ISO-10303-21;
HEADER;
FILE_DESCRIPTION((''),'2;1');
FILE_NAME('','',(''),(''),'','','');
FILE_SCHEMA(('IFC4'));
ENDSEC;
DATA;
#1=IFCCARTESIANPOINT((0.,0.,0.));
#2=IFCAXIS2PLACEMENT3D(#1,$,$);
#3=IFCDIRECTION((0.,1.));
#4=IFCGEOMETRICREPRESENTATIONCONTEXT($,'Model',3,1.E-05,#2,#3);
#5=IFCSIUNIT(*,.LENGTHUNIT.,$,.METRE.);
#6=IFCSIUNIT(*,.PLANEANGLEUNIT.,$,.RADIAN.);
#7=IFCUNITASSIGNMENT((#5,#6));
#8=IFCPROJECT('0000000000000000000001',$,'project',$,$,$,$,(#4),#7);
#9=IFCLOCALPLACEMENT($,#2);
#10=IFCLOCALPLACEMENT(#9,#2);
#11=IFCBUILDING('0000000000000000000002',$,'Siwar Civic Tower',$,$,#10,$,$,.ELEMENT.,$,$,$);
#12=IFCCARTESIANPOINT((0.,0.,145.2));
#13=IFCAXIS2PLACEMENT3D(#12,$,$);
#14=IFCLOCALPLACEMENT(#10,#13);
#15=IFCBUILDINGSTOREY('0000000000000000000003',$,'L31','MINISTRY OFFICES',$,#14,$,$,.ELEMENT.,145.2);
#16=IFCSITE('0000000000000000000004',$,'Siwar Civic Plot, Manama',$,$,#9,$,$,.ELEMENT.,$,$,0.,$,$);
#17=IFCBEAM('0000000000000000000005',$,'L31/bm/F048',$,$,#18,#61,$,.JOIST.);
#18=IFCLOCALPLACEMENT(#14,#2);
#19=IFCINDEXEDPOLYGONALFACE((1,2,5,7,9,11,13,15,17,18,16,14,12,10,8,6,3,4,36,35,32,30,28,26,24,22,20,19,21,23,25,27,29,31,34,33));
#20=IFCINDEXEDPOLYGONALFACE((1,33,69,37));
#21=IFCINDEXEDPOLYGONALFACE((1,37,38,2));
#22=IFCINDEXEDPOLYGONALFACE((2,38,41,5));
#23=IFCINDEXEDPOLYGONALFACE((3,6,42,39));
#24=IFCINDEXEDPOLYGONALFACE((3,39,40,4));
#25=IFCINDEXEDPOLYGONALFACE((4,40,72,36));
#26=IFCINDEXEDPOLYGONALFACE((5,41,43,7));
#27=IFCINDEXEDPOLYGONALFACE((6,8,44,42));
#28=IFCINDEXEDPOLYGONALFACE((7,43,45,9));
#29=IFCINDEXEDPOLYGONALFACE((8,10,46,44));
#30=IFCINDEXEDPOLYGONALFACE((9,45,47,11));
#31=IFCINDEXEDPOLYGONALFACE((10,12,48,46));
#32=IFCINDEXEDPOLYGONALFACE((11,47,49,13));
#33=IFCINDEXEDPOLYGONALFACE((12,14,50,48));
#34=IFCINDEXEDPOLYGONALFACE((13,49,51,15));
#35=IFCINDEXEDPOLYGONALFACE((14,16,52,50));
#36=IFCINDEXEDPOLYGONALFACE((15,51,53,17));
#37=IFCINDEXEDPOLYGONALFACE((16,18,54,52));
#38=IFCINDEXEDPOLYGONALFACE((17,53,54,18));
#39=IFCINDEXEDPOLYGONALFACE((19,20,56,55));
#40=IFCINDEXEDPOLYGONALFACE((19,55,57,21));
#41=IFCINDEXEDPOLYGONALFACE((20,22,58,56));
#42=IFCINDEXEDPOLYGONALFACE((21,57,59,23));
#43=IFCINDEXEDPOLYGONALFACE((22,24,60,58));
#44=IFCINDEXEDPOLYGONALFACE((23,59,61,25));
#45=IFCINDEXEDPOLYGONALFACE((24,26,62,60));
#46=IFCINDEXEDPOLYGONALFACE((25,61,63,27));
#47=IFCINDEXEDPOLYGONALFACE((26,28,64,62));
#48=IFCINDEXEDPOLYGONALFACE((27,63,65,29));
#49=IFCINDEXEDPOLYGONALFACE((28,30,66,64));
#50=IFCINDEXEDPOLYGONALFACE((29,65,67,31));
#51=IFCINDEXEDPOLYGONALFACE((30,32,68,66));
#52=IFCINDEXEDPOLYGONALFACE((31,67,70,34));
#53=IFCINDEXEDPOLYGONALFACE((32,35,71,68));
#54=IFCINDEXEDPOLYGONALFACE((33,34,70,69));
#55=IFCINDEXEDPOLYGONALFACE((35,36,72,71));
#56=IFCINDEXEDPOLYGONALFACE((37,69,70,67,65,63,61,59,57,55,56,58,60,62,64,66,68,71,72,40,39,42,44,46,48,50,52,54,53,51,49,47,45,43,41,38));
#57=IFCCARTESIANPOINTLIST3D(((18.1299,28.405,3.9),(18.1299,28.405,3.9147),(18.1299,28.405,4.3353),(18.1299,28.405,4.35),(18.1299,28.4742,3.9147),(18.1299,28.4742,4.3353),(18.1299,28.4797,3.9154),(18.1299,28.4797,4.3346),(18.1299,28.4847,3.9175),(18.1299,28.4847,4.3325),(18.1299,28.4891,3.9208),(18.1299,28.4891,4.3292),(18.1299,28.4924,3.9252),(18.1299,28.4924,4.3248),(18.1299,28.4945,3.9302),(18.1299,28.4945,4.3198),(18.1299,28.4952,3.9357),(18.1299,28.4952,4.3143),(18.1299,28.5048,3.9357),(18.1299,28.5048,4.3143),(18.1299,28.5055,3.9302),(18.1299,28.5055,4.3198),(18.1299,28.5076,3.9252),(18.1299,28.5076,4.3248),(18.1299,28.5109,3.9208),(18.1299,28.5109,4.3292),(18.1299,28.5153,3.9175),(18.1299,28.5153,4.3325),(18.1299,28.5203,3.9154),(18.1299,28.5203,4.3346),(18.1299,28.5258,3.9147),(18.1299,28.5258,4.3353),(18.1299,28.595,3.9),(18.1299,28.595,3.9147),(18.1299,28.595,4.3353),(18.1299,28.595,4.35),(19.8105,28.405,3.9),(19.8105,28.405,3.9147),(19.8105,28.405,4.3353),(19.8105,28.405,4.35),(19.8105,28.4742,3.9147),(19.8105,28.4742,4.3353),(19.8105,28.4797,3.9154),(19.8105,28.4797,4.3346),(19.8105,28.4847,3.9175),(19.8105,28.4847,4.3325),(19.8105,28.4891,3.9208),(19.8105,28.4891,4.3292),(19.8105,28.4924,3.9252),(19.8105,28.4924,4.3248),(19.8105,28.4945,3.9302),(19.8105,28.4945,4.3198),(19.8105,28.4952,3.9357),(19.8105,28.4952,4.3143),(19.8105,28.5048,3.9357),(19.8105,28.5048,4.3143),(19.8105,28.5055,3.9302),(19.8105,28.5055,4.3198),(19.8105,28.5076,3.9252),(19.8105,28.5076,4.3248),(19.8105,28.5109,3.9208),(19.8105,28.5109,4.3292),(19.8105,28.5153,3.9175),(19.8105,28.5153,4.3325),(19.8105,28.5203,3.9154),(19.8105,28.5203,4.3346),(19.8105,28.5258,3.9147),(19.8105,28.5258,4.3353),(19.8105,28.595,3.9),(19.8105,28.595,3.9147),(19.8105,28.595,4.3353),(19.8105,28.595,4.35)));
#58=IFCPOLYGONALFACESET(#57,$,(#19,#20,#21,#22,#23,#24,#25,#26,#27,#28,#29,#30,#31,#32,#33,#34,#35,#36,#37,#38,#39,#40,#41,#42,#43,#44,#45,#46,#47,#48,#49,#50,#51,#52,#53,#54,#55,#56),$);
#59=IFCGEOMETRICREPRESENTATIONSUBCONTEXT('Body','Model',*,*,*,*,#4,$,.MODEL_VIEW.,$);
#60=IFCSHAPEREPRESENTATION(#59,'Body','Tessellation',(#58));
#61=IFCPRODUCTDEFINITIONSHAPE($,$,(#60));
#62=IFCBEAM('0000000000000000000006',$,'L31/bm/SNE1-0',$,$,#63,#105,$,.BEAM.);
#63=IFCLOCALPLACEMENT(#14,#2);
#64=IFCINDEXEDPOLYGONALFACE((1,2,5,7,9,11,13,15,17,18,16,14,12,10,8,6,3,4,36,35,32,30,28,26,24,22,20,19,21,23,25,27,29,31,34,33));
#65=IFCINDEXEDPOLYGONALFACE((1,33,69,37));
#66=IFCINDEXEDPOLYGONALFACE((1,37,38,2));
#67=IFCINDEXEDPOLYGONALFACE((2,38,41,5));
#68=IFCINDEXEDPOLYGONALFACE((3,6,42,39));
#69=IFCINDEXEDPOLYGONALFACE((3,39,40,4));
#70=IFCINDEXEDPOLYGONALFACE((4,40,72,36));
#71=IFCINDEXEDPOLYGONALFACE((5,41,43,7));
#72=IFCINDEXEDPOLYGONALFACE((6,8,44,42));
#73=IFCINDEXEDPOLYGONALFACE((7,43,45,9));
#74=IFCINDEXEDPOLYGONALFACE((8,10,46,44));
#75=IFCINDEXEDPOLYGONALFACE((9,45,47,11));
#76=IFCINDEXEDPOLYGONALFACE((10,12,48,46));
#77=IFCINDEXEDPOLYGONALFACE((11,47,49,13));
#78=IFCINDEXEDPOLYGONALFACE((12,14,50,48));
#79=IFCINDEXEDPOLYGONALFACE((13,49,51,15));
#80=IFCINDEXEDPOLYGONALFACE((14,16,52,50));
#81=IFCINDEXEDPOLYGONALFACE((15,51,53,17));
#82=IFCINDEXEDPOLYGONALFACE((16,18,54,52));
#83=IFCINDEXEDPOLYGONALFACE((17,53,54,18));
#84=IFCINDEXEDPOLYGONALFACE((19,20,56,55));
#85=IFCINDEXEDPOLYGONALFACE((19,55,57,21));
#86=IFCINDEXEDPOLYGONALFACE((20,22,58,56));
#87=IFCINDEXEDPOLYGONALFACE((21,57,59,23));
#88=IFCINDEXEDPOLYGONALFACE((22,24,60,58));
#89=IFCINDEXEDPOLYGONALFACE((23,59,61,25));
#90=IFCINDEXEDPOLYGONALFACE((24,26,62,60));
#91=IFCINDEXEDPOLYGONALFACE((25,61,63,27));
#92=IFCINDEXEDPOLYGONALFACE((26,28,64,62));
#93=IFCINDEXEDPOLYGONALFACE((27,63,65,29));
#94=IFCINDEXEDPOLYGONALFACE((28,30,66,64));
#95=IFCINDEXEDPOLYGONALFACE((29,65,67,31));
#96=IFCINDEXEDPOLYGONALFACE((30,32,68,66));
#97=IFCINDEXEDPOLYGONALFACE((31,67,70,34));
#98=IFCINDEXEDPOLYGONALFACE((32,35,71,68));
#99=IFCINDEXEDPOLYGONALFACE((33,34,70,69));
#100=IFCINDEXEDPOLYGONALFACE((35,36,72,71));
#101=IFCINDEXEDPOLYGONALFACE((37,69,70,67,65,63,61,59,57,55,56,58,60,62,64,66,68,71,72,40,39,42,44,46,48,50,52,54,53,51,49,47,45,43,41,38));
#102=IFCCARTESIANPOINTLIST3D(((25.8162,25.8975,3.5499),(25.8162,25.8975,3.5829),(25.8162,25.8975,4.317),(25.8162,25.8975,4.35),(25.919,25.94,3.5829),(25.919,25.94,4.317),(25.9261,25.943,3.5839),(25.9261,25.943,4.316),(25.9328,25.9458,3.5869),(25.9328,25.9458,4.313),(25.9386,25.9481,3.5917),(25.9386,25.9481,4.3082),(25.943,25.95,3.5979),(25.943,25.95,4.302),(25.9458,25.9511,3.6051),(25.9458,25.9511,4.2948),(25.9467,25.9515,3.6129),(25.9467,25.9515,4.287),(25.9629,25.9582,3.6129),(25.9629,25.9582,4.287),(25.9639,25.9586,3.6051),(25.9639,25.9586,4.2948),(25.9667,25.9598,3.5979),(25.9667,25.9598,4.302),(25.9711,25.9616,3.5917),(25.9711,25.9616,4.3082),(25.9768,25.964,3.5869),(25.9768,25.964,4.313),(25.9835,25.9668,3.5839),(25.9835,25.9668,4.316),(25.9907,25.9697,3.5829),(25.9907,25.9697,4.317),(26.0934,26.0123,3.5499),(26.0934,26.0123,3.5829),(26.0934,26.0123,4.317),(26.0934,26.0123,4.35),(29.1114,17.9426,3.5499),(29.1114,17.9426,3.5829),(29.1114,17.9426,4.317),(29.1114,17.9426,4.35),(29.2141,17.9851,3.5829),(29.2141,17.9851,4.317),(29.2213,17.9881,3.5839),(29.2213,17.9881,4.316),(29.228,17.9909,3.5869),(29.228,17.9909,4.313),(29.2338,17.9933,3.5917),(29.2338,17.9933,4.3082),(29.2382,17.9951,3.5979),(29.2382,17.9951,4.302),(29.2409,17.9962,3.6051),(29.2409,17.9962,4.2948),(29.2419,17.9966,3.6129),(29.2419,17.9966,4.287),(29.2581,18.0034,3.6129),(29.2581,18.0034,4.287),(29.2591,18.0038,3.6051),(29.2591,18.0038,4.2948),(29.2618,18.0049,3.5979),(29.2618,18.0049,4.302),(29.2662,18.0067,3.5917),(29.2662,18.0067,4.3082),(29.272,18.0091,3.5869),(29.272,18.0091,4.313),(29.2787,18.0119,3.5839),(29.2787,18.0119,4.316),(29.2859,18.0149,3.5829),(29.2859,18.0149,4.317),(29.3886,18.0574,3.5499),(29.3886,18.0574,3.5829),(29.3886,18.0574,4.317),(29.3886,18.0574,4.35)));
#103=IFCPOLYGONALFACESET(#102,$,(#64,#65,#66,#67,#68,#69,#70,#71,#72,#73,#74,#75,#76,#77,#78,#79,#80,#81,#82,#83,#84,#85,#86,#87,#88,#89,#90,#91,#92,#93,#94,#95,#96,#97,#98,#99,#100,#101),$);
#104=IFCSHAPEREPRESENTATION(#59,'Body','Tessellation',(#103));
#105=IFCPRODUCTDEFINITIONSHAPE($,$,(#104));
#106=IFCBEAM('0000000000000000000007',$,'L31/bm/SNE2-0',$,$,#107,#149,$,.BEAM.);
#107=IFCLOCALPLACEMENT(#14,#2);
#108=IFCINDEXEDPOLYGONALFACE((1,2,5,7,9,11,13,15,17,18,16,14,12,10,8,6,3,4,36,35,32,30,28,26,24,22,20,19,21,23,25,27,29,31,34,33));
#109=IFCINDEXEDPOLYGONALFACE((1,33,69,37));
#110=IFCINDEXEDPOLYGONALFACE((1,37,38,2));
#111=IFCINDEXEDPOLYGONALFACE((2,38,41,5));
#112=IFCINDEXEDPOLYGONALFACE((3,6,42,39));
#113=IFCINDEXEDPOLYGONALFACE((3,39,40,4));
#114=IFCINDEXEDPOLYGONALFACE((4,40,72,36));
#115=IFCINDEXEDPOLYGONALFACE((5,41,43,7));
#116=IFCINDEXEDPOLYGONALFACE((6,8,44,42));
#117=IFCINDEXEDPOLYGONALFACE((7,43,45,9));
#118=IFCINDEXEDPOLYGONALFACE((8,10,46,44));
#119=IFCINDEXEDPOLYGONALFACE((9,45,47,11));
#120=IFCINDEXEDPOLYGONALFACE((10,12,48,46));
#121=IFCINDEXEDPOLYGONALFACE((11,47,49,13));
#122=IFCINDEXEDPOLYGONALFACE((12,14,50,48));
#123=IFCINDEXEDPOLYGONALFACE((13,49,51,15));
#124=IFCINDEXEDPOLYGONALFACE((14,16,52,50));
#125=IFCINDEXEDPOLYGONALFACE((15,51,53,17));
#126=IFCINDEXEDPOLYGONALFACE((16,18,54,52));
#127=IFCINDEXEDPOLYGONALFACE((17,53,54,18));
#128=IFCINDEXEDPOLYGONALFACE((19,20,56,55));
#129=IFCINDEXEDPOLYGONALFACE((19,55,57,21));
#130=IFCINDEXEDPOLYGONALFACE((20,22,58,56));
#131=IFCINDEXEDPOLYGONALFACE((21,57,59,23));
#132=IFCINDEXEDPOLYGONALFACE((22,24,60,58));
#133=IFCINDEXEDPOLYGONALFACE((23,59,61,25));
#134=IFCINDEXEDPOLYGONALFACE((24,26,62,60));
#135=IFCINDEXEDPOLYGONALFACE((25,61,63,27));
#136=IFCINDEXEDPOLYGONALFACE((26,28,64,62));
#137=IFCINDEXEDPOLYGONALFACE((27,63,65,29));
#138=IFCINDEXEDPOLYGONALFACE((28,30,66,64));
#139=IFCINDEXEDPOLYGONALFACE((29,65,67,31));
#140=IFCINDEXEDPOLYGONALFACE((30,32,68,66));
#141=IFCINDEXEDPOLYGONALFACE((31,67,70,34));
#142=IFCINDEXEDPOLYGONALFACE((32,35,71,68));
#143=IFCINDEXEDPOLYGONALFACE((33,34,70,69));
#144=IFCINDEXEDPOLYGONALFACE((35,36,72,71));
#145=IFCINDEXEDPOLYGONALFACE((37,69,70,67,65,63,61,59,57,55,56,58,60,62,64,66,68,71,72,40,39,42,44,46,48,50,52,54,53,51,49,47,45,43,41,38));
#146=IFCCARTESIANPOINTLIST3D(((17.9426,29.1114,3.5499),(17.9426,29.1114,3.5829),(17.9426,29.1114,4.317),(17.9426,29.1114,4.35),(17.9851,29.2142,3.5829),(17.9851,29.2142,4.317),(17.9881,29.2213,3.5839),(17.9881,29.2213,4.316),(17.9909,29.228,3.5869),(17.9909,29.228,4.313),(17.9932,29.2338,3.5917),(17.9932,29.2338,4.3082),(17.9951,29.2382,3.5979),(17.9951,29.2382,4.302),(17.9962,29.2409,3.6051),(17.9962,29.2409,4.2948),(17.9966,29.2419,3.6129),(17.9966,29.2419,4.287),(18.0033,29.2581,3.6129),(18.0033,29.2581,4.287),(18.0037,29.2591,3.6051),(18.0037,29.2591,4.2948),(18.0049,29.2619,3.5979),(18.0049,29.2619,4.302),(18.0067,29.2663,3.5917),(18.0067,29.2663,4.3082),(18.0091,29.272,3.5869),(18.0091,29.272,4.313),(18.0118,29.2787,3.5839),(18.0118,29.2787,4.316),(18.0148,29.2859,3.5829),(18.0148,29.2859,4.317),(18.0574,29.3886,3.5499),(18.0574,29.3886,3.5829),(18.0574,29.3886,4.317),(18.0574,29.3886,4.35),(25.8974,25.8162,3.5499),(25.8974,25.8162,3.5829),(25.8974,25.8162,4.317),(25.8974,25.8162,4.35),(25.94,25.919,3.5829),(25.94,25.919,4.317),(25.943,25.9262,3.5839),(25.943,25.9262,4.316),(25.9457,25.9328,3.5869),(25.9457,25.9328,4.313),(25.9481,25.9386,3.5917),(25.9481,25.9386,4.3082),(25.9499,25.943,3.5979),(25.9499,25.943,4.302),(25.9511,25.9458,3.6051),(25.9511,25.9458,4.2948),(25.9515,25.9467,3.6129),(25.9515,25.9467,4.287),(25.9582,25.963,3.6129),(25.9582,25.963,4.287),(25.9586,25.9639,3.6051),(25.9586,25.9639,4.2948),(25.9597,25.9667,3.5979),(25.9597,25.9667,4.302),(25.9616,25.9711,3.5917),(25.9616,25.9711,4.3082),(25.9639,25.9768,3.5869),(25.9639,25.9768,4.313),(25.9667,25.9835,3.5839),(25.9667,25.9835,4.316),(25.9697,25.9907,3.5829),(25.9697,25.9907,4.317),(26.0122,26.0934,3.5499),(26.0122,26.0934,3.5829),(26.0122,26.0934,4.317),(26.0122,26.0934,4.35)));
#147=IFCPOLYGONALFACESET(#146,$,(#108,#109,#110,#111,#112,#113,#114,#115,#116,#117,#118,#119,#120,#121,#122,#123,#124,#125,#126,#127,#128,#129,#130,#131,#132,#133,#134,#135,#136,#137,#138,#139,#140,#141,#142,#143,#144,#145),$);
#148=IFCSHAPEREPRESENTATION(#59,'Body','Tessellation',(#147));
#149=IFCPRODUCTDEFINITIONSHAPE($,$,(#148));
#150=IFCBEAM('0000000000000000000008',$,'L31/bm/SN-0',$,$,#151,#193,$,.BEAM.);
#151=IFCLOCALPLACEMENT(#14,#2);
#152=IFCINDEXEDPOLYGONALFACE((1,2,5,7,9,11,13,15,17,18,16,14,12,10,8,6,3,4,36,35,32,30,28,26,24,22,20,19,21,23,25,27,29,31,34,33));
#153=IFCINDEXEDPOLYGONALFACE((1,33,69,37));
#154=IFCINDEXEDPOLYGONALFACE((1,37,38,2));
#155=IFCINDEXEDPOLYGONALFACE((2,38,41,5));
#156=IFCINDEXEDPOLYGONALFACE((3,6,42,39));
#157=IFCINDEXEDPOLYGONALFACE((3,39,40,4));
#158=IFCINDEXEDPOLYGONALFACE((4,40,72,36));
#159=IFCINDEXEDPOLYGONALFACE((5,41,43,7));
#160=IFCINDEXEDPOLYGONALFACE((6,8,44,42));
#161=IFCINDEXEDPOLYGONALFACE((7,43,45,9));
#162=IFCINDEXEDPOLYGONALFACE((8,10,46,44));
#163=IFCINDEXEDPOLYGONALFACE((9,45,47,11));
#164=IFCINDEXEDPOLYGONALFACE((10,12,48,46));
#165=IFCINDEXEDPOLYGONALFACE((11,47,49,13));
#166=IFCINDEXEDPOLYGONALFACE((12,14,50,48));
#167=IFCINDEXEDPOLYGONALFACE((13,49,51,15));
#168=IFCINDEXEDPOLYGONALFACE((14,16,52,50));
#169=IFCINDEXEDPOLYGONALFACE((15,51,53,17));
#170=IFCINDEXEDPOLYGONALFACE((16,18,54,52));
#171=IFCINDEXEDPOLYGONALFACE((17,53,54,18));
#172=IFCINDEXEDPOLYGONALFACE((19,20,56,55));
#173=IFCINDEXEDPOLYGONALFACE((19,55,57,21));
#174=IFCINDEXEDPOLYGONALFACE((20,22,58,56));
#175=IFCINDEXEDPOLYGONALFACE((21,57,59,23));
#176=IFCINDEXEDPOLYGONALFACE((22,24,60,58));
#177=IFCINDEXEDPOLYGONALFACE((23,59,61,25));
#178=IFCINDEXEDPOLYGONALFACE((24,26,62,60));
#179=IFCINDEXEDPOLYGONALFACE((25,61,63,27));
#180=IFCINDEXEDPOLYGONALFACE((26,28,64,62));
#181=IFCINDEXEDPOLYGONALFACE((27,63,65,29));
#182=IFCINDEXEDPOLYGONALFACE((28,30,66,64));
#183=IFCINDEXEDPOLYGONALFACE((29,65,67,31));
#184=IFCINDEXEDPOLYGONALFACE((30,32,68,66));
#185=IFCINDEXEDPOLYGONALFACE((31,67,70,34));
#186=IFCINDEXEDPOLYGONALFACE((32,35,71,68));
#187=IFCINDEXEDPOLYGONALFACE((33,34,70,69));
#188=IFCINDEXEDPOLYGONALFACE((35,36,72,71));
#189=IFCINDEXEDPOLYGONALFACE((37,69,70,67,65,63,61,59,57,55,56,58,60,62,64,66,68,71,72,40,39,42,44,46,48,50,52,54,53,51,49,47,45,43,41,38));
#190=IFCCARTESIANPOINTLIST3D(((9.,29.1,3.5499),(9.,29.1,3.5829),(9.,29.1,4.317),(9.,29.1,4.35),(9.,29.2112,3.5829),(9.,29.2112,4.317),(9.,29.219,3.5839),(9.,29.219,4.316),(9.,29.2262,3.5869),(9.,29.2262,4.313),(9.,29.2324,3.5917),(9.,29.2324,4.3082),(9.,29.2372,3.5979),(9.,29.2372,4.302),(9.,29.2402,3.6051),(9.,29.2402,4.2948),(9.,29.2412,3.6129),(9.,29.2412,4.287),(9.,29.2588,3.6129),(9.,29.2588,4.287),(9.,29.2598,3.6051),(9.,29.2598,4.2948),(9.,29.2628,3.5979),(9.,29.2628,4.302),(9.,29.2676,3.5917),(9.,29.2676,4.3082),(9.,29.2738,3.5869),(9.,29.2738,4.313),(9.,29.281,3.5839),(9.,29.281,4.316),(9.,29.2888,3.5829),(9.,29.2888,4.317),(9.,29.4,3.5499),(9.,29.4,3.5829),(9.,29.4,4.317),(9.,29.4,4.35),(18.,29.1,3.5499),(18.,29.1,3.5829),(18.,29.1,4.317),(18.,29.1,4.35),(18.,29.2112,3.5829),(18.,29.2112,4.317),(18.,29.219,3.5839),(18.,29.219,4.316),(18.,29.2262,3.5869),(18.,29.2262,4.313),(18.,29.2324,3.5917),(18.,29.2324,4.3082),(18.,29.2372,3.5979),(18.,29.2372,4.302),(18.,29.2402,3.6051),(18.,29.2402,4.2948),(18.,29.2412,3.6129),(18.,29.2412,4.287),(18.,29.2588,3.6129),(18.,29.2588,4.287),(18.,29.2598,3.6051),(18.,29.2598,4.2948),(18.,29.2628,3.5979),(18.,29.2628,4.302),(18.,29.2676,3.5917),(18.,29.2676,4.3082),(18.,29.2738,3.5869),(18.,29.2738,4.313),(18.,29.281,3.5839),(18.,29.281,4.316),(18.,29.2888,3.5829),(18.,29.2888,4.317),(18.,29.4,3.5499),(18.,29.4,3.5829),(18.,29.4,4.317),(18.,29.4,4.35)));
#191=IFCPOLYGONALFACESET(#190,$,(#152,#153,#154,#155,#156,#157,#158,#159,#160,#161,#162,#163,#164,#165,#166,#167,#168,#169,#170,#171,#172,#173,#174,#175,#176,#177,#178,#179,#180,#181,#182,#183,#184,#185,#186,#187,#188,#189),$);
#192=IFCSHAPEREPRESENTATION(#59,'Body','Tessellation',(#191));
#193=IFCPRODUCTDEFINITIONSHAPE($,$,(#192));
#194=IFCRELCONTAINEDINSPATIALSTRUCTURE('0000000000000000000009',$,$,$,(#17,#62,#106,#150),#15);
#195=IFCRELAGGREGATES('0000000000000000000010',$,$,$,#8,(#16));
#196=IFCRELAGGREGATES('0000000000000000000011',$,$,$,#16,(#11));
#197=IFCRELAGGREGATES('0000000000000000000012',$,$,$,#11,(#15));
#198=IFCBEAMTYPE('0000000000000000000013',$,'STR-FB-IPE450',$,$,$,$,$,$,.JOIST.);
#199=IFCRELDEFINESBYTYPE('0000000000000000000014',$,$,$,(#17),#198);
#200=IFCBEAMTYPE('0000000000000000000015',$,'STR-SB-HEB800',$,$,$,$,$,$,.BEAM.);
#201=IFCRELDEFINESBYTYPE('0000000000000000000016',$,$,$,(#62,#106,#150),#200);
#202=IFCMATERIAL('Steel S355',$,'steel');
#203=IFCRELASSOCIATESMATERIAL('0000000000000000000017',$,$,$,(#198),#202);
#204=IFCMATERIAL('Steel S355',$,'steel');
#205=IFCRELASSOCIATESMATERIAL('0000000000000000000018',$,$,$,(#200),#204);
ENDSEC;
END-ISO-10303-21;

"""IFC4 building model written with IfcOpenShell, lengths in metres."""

from ifc_helpers import new_model, si_unit, direction, frame, origin, origin_2d, place, context, subcontext, project, spatial, i_section, extrude, material, material_profile, profile_set, type_object, element, save


model = new_model("IFC4")

# Units and contexts
model_context = context("Model", 3, precision=1e-05, world=origin(), true_north=direction((0.0, 1.0)))
body_context = subcontext(model_context, "Body", "Model", "MODEL_VIEW")
ifc_project = project(units=[si_unit("LENGTHUNIT", "METRE"), si_unit("PLANEANGLEUNIT", "RADIAN")], contexts=[model_context])

# Site, building, storey
site_placement = place(None, origin())
site = spatial("IfcSite", under=ifc_project, at=site_placement, Name="Siwar Civic Plot, Manama", CompositionType="ELEMENT", RefElevation=0.0)
building_placement = place(site_placement, origin())
building = spatial("IfcBuilding", under=site, at=building_placement, Name="Siwar Civic Tower", CompositionType="ELEMENT")
storey_placement = place(building_placement, frame((0.0, 0.0, 145.2)))
storey = spatial("IfcBuildingStorey", under=building, at=storey_placement, Name="L31", Description="MINISTRY OFFICES", CompositionType="ELEMENT", Elevation=145.2)

# Beams
ifc_material_1 = material(Name="Steel S355", Category="steel")
ifc_material_profile_1 = material_profile(ifc_material_1, i_section(OverallWidth=0.1899, OverallDepth=0.45, WebThickness=0.0095, FlangeThickness=0.0146, FilletRadius=0.021, at=origin_2d()), Name="IPE450")
ifc_profile_set_1 = profile_set([ifc_material_profile_1], Name="Steel S355")
beam_type_1 = type_object("IfcBeamType", Name="STR-FB-IPE450", PredefinedType="JOIST", material=ifc_profile_set_1)
beam_1_placement = place(storey_placement, frame((18.1299, 28.5, 4.125), z_axis=(1.0, 0.0, 0.0), x_axis=(0.0, 1.0, 0.0)))
element("IfcBeam", 1, at=beam_1_placement, inside=storey, type_object=beam_type_1, Name="L31/bm/F048", PredefinedType="JOIST", context=body_context, shape_type="SweptSolid", body=[
    extrude(i_section(OverallWidth=0.1899, OverallDepth=0.45, WebThickness=0.0095, FlangeThickness=0.0146, FilletRadius=0.021, at=origin_2d()), origin(), (0.0, 0.0, 1.0), 1.6807),
])
ifc_material_2 = material(Name="Steel S355", Category="steel")
ifc_material_profile_2 = material_profile(ifc_material_2, i_section(OverallWidth=0.3, OverallDepth=0.8, WebThickness=0.0176, FlangeThickness=0.033, FilletRadius=0.03, at=origin_2d()), Name="HEB800")
ifc_profile_set_2 = profile_set([ifc_material_profile_2], Name="Steel S355")
beam_type_2 = type_object("IfcBeamType", Name="STR-SB-HEB800", PredefinedType="BEAM", material=ifc_profile_set_2)
for number, where, z_axis, x_axis, name in (
    (2, (29.25, 18.0, 3.95), (-0.3827, 0.923873, 0.0), (-0.923873, -0.3827, 0.0), "L31/bm/SNE1-0"),
    (3, (25.9548, 25.9548, 3.95), (-0.923873, 0.3827, 0.0), (-0.3827, -0.923873, 0.0), "L31/bm/SNE2-0"),
):
    element("IfcBeam", number, at=place(storey_placement, frame(where, z_axis=z_axis, x_axis=x_axis)), inside=storey, type_object=beam_type_2, Name=name, PredefinedType="BEAM", context=body_context, shape_type="SweptSolid", body=[
        extrude(i_section(OverallWidth=0.3, OverallDepth=0.8, WebThickness=0.0176, FlangeThickness=0.033, FilletRadius=0.03, at=origin_2d()), origin(), (0.0, 0.0, 1.0), 8.6104),
    ])
beam_2_placement = place(storey_placement, frame((18.0, 29.25, 3.95), z_axis=(-1.0, 0.0, 0.0), x_axis=(0.0, -1.0, 0.0)))
element("IfcBeam", 4, at=beam_2_placement, inside=storey, type_object=beam_type_2, Name="L31/bm/SN-0", PredefinedType="BEAM", context=body_context, shape_type="SweptSolid", body=[
    extrude(i_section(OverallWidth=0.3, OverallDepth=0.8, WebThickness=0.0176, FlangeThickness=0.033, FilletRadius=0.03, at=origin_2d()), origin(), (0.0, 0.0, 1.0), 9.0),
])

save(model, "model.ifc")
